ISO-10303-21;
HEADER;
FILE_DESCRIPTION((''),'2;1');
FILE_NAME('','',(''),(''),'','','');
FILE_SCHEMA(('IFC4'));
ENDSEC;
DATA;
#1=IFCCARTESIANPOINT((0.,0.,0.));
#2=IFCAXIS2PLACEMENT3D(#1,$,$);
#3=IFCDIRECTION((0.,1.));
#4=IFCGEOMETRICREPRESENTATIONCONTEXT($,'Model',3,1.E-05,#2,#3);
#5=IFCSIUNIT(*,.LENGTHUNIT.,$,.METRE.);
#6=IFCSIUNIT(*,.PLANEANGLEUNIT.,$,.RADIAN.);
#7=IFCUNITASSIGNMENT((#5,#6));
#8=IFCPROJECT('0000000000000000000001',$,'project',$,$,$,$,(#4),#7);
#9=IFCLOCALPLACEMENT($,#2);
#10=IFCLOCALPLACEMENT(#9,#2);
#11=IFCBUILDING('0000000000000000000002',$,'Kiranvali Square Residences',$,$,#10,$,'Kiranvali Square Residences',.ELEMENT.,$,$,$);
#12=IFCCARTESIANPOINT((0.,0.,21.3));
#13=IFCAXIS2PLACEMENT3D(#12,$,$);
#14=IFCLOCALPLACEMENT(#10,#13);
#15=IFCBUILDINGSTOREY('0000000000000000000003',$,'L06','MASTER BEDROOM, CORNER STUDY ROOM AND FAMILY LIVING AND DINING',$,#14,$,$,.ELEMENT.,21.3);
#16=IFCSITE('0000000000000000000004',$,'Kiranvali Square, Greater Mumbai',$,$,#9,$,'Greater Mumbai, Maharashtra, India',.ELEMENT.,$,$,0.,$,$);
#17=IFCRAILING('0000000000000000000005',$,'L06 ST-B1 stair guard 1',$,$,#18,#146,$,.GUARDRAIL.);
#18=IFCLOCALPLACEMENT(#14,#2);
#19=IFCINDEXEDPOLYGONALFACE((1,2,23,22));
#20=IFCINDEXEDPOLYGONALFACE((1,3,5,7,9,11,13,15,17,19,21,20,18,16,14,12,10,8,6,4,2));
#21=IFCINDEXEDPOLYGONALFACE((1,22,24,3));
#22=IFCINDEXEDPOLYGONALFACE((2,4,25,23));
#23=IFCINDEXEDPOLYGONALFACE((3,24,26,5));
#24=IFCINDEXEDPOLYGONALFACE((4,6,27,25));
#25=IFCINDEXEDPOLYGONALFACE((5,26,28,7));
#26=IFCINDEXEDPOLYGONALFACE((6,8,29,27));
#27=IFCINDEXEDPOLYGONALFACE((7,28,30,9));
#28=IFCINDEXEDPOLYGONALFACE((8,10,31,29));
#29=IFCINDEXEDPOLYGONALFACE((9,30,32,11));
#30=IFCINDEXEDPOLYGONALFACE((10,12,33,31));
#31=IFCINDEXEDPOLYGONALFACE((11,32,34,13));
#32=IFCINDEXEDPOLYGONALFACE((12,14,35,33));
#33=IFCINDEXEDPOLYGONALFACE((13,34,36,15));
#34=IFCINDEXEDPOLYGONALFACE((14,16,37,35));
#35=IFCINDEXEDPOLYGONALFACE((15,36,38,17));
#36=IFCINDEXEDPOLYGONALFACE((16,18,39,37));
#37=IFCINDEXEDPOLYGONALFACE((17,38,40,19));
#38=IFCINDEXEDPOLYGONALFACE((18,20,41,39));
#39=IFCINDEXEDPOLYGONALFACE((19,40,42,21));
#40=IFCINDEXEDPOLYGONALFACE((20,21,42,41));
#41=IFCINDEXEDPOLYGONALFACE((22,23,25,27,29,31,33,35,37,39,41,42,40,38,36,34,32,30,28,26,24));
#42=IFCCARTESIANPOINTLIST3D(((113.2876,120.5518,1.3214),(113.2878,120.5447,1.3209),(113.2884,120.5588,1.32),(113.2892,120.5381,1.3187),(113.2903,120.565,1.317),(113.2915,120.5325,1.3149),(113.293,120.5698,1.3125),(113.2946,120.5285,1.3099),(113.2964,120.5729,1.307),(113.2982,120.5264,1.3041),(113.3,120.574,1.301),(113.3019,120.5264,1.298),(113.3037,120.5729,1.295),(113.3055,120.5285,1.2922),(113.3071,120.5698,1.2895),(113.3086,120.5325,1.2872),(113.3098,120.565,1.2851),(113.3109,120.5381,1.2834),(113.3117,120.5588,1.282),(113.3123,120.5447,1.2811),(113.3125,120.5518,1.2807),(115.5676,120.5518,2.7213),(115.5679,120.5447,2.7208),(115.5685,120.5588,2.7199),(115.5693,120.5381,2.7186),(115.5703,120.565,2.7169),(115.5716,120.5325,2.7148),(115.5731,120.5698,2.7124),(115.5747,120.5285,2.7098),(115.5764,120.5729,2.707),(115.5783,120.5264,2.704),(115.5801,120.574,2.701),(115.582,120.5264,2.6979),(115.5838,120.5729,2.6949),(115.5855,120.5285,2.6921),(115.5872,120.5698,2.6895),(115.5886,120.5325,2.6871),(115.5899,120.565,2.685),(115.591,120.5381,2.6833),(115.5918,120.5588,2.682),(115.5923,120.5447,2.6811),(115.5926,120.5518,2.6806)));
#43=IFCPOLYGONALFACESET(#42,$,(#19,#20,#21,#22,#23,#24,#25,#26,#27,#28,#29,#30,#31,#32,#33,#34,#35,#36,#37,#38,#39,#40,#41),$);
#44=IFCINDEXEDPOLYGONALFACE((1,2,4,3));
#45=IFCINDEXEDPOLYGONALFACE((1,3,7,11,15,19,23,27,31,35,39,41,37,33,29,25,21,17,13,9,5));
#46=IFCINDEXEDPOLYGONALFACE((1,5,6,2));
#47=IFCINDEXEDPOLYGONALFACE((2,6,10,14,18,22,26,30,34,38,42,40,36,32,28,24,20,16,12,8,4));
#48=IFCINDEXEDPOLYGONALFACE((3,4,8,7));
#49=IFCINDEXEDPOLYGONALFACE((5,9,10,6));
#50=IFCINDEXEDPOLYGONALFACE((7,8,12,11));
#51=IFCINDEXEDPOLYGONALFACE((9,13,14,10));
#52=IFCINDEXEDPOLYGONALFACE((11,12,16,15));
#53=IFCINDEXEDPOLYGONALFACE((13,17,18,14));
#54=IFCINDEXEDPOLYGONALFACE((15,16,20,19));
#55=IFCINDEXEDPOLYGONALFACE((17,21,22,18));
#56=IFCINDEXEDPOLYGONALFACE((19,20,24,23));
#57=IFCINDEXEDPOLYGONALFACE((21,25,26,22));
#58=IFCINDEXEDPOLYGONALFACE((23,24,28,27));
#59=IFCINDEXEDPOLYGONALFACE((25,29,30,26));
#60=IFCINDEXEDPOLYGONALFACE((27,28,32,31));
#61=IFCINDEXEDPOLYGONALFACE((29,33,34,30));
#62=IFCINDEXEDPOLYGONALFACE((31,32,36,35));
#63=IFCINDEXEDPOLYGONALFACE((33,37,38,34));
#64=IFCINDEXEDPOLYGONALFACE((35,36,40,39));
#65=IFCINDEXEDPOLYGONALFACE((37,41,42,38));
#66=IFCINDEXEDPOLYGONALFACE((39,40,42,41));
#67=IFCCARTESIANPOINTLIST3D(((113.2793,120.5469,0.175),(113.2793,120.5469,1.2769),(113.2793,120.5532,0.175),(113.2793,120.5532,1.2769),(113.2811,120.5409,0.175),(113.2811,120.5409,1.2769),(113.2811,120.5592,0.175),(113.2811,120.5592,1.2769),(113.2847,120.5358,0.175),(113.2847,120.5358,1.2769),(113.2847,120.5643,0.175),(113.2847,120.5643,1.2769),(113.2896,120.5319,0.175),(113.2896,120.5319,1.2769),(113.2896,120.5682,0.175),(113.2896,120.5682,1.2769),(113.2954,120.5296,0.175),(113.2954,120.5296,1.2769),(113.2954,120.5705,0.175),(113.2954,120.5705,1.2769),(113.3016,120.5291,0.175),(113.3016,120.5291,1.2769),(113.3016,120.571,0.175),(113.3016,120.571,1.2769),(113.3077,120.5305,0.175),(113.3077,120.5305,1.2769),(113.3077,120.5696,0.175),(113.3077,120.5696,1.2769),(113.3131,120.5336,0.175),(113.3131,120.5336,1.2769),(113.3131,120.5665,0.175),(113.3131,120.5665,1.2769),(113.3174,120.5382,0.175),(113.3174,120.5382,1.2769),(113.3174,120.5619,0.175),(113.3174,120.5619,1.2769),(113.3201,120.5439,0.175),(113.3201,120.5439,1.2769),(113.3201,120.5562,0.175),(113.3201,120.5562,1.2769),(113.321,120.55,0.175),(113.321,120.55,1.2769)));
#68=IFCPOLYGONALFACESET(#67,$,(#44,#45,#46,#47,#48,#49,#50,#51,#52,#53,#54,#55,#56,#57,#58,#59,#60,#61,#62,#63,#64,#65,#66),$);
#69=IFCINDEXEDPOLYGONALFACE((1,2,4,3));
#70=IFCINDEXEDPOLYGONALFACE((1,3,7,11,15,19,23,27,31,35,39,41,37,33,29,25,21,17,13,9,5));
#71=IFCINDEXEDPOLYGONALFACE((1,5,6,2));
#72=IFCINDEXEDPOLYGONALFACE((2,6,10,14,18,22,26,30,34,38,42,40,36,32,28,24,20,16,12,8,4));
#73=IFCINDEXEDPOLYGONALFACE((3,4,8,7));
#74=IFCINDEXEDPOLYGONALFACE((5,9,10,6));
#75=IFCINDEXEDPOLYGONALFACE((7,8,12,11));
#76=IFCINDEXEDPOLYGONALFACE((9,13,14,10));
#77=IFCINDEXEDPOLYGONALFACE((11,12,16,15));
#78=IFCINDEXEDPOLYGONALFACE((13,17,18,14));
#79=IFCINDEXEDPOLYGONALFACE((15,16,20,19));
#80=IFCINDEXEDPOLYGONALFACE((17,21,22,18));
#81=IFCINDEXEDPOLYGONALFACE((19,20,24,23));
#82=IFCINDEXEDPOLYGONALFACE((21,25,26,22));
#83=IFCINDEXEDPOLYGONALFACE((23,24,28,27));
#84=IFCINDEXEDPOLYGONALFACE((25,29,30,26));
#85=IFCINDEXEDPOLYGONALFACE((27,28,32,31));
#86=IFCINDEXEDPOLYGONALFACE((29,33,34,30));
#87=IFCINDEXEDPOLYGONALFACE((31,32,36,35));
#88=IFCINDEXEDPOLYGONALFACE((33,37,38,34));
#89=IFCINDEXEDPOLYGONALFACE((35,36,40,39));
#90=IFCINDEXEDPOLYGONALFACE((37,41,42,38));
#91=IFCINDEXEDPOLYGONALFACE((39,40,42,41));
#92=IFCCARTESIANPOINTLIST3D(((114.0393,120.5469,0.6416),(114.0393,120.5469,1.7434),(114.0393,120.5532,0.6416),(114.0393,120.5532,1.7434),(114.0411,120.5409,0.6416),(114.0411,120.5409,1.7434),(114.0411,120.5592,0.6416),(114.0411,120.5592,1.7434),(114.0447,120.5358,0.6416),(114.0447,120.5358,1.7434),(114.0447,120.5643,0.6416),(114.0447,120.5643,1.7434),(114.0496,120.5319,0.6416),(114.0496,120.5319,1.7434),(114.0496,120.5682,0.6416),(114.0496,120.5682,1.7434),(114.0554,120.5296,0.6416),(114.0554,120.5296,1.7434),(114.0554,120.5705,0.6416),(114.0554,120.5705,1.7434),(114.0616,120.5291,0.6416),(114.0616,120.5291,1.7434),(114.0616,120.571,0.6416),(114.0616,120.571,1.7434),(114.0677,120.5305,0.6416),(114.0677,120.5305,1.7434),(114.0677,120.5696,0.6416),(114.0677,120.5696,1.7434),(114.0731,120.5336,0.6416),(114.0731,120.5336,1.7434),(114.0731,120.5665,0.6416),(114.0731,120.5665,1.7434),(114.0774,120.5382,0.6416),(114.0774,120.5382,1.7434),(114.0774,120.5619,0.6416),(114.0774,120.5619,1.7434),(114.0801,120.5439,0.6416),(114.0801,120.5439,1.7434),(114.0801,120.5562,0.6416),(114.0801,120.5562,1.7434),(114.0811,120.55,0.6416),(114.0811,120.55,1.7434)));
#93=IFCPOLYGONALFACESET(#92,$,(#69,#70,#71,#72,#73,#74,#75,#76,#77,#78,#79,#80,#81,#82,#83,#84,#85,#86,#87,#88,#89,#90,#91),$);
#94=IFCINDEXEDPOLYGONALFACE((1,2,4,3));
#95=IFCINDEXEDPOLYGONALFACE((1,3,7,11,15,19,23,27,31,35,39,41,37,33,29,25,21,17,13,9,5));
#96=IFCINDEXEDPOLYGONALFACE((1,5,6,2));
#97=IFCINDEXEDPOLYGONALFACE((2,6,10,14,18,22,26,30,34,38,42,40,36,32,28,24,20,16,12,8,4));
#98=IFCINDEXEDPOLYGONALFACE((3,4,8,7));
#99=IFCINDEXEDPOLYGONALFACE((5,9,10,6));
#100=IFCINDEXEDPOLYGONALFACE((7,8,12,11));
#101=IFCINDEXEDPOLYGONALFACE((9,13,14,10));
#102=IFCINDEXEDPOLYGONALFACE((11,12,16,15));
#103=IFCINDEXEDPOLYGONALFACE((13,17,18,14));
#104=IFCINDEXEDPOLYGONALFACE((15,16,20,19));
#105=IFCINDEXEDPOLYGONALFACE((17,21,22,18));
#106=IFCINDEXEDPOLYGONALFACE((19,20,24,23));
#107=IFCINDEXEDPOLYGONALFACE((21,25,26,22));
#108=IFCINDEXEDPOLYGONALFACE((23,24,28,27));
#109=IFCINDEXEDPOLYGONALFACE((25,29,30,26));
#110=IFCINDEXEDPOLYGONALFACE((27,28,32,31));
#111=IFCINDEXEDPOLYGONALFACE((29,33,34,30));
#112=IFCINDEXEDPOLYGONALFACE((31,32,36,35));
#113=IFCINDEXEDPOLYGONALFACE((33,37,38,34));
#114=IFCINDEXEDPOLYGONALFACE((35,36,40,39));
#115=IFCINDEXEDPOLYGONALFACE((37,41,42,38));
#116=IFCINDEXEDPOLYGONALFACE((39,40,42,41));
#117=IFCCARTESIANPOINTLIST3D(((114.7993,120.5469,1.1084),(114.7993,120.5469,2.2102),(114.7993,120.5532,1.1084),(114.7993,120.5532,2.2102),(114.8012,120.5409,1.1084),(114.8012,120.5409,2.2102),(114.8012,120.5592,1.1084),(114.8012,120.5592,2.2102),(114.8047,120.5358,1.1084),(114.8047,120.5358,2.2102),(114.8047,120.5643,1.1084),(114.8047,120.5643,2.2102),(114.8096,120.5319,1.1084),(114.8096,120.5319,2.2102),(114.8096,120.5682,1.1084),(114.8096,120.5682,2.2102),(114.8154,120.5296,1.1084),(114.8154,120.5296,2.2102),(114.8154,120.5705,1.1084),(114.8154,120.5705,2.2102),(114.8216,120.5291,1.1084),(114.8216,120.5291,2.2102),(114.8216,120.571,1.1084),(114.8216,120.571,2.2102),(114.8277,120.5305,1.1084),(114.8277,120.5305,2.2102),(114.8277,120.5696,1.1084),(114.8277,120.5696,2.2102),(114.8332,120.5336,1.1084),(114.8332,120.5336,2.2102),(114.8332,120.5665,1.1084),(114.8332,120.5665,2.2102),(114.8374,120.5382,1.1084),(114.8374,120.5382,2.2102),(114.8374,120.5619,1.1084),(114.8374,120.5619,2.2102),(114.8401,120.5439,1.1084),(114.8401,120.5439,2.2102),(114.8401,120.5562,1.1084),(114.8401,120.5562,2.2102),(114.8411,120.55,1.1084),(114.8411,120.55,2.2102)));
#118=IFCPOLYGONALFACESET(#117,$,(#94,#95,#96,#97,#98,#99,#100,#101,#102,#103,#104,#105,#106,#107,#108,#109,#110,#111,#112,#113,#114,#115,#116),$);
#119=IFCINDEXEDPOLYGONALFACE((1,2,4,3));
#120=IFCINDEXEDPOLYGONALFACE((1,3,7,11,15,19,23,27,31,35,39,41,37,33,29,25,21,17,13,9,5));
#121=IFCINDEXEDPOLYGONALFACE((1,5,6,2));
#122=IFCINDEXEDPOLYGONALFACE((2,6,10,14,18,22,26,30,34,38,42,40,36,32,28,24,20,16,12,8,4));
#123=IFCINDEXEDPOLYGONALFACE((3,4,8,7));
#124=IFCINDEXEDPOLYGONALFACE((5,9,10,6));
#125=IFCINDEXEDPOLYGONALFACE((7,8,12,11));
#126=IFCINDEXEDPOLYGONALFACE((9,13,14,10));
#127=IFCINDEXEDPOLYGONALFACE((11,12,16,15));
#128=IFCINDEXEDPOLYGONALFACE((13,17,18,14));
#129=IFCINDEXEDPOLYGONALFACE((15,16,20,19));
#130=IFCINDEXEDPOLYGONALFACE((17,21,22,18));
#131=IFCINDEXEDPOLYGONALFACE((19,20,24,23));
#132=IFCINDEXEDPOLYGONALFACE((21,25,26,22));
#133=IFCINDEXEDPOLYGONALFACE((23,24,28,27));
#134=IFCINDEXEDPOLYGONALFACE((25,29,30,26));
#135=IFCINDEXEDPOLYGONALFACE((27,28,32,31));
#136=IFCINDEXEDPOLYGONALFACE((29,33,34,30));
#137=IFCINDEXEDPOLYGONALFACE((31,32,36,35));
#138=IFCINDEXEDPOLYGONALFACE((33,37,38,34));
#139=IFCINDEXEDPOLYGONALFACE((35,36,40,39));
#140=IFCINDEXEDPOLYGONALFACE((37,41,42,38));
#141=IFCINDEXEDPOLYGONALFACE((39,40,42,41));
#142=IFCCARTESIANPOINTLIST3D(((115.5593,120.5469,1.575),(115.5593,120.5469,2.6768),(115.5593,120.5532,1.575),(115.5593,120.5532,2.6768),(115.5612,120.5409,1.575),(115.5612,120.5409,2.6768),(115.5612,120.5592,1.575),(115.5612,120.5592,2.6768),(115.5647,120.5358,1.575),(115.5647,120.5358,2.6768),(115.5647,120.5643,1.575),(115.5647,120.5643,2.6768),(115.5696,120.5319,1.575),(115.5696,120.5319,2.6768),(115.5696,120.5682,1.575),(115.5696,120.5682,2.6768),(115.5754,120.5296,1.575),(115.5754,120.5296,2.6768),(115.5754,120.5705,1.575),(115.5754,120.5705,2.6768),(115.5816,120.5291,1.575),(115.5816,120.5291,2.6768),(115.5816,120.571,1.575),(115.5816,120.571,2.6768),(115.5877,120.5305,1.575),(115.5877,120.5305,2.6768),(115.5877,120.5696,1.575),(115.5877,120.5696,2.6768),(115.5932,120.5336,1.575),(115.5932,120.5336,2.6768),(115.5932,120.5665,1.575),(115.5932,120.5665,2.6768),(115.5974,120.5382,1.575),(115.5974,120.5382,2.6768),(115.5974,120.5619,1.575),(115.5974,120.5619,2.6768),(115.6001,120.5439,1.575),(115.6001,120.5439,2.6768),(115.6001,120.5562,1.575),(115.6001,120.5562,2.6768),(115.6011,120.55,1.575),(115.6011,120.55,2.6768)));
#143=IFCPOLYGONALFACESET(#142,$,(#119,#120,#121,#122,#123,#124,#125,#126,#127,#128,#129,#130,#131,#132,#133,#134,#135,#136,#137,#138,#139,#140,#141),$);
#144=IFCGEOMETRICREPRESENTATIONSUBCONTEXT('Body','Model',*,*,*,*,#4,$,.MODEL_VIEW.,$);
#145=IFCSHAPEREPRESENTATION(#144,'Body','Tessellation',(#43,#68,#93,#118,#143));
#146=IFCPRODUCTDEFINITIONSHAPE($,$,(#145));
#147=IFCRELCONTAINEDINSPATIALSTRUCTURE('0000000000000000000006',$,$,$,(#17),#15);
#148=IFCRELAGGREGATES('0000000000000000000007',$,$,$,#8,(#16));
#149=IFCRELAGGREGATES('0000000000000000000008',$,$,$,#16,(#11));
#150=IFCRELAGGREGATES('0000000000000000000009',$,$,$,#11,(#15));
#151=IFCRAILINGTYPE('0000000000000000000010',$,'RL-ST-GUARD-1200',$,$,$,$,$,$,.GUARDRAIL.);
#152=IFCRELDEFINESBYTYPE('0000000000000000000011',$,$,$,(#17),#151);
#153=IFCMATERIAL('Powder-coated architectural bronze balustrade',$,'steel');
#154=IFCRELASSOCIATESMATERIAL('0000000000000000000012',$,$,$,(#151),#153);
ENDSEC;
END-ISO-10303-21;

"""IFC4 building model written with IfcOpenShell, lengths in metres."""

from ifc_helpers import new_model, si_unit, direction, frame, origin, origin_2d, place, context, subcontext, project, spatial, circle, extrude, material, type_object, element, save


model = new_model("IFC4")

# Units and contexts
model_context = context("Model", 3, precision=1e-05, world=origin(), true_north=direction((0.0, 1.0)))
body_context = subcontext(model_context, "Body", "Model", "MODEL_VIEW")
ifc_project = project(units=[si_unit("LENGTHUNIT", "METRE"), si_unit("PLANEANGLEUNIT", "RADIAN")], contexts=[model_context])

# Site, building, storey
site_placement = place(None, origin())
site = spatial("IfcSite", under=ifc_project, at=site_placement, Name="Kiranvali Square, Greater Mumbai", LongName="Greater Mumbai, Maharashtra, India", CompositionType="ELEMENT", RefElevation=0.0)
building_placement = place(site_placement, origin())
building = spatial("IfcBuilding", under=site, at=building_placement, Name="Kiranvali Square Residences", LongName="Kiranvali Square Residences", CompositionType="ELEMENT")
storey_placement = place(building_placement, frame((0.0, 0.0, 21.3)))
storey = spatial("IfcBuildingStorey", under=building, at=storey_placement, Name="L06", Description="MASTER BEDROOM, CORNER STUDY ROOM AND FAMILY LIVING AND DINING", CompositionType="ELEMENT", Elevation=21.3)

# Railing
ifc_material_1 = material(Name="Powder-coated architectural bronze balustrade", Category="steel")
railing_type_1 = type_object("IfcRailingType", Name="RL-ST-GUARD-1200", PredefinedType="GUARDRAIL", material=ifc_material_1)
railing_1_placement = place(storey_placement, frame((113.3, 120.55, 0.175)))
element("IfcRailing", 1, at=railing_1_placement, inside=storey, type_object=railing_type_1, Name="L06 ST-B1 stair guard 1", PredefinedType="GUARDRAIL", context=body_context, shape_type="SweptSolid", body=[
    extrude(circle(Radius=0.0239, at=origin_2d()), frame((0.0, 0.0, 1.126), z_axis=(0.85219, 0.0, 0.523232), x_axis=(0.0, 1.0, 0.0)), (0.0, 0.0, 1.0), 2.6755),
    extrude(circle(Radius=0.021, at=origin_2d()), origin(), (0.0, 0.0, 1.0), 1.1018),
    extrude(circle(Radius=0.021, at=origin_2d()), frame((0.76, 0.0, 0.4666)), (0.0, 0.0, 1.0), 1.1018),
    extrude(circle(Radius=0.021, at=origin_2d()), frame((1.52, 0.0, 0.9333)), (0.0, 0.0, 1.0), 1.1018),
    extrude(circle(Radius=0.021, at=origin_2d()), frame((2.28, 0.0, 1.3999)), (0.0, 0.0, 1.0), 1.1018),
])

save(model, "model.ifc")
